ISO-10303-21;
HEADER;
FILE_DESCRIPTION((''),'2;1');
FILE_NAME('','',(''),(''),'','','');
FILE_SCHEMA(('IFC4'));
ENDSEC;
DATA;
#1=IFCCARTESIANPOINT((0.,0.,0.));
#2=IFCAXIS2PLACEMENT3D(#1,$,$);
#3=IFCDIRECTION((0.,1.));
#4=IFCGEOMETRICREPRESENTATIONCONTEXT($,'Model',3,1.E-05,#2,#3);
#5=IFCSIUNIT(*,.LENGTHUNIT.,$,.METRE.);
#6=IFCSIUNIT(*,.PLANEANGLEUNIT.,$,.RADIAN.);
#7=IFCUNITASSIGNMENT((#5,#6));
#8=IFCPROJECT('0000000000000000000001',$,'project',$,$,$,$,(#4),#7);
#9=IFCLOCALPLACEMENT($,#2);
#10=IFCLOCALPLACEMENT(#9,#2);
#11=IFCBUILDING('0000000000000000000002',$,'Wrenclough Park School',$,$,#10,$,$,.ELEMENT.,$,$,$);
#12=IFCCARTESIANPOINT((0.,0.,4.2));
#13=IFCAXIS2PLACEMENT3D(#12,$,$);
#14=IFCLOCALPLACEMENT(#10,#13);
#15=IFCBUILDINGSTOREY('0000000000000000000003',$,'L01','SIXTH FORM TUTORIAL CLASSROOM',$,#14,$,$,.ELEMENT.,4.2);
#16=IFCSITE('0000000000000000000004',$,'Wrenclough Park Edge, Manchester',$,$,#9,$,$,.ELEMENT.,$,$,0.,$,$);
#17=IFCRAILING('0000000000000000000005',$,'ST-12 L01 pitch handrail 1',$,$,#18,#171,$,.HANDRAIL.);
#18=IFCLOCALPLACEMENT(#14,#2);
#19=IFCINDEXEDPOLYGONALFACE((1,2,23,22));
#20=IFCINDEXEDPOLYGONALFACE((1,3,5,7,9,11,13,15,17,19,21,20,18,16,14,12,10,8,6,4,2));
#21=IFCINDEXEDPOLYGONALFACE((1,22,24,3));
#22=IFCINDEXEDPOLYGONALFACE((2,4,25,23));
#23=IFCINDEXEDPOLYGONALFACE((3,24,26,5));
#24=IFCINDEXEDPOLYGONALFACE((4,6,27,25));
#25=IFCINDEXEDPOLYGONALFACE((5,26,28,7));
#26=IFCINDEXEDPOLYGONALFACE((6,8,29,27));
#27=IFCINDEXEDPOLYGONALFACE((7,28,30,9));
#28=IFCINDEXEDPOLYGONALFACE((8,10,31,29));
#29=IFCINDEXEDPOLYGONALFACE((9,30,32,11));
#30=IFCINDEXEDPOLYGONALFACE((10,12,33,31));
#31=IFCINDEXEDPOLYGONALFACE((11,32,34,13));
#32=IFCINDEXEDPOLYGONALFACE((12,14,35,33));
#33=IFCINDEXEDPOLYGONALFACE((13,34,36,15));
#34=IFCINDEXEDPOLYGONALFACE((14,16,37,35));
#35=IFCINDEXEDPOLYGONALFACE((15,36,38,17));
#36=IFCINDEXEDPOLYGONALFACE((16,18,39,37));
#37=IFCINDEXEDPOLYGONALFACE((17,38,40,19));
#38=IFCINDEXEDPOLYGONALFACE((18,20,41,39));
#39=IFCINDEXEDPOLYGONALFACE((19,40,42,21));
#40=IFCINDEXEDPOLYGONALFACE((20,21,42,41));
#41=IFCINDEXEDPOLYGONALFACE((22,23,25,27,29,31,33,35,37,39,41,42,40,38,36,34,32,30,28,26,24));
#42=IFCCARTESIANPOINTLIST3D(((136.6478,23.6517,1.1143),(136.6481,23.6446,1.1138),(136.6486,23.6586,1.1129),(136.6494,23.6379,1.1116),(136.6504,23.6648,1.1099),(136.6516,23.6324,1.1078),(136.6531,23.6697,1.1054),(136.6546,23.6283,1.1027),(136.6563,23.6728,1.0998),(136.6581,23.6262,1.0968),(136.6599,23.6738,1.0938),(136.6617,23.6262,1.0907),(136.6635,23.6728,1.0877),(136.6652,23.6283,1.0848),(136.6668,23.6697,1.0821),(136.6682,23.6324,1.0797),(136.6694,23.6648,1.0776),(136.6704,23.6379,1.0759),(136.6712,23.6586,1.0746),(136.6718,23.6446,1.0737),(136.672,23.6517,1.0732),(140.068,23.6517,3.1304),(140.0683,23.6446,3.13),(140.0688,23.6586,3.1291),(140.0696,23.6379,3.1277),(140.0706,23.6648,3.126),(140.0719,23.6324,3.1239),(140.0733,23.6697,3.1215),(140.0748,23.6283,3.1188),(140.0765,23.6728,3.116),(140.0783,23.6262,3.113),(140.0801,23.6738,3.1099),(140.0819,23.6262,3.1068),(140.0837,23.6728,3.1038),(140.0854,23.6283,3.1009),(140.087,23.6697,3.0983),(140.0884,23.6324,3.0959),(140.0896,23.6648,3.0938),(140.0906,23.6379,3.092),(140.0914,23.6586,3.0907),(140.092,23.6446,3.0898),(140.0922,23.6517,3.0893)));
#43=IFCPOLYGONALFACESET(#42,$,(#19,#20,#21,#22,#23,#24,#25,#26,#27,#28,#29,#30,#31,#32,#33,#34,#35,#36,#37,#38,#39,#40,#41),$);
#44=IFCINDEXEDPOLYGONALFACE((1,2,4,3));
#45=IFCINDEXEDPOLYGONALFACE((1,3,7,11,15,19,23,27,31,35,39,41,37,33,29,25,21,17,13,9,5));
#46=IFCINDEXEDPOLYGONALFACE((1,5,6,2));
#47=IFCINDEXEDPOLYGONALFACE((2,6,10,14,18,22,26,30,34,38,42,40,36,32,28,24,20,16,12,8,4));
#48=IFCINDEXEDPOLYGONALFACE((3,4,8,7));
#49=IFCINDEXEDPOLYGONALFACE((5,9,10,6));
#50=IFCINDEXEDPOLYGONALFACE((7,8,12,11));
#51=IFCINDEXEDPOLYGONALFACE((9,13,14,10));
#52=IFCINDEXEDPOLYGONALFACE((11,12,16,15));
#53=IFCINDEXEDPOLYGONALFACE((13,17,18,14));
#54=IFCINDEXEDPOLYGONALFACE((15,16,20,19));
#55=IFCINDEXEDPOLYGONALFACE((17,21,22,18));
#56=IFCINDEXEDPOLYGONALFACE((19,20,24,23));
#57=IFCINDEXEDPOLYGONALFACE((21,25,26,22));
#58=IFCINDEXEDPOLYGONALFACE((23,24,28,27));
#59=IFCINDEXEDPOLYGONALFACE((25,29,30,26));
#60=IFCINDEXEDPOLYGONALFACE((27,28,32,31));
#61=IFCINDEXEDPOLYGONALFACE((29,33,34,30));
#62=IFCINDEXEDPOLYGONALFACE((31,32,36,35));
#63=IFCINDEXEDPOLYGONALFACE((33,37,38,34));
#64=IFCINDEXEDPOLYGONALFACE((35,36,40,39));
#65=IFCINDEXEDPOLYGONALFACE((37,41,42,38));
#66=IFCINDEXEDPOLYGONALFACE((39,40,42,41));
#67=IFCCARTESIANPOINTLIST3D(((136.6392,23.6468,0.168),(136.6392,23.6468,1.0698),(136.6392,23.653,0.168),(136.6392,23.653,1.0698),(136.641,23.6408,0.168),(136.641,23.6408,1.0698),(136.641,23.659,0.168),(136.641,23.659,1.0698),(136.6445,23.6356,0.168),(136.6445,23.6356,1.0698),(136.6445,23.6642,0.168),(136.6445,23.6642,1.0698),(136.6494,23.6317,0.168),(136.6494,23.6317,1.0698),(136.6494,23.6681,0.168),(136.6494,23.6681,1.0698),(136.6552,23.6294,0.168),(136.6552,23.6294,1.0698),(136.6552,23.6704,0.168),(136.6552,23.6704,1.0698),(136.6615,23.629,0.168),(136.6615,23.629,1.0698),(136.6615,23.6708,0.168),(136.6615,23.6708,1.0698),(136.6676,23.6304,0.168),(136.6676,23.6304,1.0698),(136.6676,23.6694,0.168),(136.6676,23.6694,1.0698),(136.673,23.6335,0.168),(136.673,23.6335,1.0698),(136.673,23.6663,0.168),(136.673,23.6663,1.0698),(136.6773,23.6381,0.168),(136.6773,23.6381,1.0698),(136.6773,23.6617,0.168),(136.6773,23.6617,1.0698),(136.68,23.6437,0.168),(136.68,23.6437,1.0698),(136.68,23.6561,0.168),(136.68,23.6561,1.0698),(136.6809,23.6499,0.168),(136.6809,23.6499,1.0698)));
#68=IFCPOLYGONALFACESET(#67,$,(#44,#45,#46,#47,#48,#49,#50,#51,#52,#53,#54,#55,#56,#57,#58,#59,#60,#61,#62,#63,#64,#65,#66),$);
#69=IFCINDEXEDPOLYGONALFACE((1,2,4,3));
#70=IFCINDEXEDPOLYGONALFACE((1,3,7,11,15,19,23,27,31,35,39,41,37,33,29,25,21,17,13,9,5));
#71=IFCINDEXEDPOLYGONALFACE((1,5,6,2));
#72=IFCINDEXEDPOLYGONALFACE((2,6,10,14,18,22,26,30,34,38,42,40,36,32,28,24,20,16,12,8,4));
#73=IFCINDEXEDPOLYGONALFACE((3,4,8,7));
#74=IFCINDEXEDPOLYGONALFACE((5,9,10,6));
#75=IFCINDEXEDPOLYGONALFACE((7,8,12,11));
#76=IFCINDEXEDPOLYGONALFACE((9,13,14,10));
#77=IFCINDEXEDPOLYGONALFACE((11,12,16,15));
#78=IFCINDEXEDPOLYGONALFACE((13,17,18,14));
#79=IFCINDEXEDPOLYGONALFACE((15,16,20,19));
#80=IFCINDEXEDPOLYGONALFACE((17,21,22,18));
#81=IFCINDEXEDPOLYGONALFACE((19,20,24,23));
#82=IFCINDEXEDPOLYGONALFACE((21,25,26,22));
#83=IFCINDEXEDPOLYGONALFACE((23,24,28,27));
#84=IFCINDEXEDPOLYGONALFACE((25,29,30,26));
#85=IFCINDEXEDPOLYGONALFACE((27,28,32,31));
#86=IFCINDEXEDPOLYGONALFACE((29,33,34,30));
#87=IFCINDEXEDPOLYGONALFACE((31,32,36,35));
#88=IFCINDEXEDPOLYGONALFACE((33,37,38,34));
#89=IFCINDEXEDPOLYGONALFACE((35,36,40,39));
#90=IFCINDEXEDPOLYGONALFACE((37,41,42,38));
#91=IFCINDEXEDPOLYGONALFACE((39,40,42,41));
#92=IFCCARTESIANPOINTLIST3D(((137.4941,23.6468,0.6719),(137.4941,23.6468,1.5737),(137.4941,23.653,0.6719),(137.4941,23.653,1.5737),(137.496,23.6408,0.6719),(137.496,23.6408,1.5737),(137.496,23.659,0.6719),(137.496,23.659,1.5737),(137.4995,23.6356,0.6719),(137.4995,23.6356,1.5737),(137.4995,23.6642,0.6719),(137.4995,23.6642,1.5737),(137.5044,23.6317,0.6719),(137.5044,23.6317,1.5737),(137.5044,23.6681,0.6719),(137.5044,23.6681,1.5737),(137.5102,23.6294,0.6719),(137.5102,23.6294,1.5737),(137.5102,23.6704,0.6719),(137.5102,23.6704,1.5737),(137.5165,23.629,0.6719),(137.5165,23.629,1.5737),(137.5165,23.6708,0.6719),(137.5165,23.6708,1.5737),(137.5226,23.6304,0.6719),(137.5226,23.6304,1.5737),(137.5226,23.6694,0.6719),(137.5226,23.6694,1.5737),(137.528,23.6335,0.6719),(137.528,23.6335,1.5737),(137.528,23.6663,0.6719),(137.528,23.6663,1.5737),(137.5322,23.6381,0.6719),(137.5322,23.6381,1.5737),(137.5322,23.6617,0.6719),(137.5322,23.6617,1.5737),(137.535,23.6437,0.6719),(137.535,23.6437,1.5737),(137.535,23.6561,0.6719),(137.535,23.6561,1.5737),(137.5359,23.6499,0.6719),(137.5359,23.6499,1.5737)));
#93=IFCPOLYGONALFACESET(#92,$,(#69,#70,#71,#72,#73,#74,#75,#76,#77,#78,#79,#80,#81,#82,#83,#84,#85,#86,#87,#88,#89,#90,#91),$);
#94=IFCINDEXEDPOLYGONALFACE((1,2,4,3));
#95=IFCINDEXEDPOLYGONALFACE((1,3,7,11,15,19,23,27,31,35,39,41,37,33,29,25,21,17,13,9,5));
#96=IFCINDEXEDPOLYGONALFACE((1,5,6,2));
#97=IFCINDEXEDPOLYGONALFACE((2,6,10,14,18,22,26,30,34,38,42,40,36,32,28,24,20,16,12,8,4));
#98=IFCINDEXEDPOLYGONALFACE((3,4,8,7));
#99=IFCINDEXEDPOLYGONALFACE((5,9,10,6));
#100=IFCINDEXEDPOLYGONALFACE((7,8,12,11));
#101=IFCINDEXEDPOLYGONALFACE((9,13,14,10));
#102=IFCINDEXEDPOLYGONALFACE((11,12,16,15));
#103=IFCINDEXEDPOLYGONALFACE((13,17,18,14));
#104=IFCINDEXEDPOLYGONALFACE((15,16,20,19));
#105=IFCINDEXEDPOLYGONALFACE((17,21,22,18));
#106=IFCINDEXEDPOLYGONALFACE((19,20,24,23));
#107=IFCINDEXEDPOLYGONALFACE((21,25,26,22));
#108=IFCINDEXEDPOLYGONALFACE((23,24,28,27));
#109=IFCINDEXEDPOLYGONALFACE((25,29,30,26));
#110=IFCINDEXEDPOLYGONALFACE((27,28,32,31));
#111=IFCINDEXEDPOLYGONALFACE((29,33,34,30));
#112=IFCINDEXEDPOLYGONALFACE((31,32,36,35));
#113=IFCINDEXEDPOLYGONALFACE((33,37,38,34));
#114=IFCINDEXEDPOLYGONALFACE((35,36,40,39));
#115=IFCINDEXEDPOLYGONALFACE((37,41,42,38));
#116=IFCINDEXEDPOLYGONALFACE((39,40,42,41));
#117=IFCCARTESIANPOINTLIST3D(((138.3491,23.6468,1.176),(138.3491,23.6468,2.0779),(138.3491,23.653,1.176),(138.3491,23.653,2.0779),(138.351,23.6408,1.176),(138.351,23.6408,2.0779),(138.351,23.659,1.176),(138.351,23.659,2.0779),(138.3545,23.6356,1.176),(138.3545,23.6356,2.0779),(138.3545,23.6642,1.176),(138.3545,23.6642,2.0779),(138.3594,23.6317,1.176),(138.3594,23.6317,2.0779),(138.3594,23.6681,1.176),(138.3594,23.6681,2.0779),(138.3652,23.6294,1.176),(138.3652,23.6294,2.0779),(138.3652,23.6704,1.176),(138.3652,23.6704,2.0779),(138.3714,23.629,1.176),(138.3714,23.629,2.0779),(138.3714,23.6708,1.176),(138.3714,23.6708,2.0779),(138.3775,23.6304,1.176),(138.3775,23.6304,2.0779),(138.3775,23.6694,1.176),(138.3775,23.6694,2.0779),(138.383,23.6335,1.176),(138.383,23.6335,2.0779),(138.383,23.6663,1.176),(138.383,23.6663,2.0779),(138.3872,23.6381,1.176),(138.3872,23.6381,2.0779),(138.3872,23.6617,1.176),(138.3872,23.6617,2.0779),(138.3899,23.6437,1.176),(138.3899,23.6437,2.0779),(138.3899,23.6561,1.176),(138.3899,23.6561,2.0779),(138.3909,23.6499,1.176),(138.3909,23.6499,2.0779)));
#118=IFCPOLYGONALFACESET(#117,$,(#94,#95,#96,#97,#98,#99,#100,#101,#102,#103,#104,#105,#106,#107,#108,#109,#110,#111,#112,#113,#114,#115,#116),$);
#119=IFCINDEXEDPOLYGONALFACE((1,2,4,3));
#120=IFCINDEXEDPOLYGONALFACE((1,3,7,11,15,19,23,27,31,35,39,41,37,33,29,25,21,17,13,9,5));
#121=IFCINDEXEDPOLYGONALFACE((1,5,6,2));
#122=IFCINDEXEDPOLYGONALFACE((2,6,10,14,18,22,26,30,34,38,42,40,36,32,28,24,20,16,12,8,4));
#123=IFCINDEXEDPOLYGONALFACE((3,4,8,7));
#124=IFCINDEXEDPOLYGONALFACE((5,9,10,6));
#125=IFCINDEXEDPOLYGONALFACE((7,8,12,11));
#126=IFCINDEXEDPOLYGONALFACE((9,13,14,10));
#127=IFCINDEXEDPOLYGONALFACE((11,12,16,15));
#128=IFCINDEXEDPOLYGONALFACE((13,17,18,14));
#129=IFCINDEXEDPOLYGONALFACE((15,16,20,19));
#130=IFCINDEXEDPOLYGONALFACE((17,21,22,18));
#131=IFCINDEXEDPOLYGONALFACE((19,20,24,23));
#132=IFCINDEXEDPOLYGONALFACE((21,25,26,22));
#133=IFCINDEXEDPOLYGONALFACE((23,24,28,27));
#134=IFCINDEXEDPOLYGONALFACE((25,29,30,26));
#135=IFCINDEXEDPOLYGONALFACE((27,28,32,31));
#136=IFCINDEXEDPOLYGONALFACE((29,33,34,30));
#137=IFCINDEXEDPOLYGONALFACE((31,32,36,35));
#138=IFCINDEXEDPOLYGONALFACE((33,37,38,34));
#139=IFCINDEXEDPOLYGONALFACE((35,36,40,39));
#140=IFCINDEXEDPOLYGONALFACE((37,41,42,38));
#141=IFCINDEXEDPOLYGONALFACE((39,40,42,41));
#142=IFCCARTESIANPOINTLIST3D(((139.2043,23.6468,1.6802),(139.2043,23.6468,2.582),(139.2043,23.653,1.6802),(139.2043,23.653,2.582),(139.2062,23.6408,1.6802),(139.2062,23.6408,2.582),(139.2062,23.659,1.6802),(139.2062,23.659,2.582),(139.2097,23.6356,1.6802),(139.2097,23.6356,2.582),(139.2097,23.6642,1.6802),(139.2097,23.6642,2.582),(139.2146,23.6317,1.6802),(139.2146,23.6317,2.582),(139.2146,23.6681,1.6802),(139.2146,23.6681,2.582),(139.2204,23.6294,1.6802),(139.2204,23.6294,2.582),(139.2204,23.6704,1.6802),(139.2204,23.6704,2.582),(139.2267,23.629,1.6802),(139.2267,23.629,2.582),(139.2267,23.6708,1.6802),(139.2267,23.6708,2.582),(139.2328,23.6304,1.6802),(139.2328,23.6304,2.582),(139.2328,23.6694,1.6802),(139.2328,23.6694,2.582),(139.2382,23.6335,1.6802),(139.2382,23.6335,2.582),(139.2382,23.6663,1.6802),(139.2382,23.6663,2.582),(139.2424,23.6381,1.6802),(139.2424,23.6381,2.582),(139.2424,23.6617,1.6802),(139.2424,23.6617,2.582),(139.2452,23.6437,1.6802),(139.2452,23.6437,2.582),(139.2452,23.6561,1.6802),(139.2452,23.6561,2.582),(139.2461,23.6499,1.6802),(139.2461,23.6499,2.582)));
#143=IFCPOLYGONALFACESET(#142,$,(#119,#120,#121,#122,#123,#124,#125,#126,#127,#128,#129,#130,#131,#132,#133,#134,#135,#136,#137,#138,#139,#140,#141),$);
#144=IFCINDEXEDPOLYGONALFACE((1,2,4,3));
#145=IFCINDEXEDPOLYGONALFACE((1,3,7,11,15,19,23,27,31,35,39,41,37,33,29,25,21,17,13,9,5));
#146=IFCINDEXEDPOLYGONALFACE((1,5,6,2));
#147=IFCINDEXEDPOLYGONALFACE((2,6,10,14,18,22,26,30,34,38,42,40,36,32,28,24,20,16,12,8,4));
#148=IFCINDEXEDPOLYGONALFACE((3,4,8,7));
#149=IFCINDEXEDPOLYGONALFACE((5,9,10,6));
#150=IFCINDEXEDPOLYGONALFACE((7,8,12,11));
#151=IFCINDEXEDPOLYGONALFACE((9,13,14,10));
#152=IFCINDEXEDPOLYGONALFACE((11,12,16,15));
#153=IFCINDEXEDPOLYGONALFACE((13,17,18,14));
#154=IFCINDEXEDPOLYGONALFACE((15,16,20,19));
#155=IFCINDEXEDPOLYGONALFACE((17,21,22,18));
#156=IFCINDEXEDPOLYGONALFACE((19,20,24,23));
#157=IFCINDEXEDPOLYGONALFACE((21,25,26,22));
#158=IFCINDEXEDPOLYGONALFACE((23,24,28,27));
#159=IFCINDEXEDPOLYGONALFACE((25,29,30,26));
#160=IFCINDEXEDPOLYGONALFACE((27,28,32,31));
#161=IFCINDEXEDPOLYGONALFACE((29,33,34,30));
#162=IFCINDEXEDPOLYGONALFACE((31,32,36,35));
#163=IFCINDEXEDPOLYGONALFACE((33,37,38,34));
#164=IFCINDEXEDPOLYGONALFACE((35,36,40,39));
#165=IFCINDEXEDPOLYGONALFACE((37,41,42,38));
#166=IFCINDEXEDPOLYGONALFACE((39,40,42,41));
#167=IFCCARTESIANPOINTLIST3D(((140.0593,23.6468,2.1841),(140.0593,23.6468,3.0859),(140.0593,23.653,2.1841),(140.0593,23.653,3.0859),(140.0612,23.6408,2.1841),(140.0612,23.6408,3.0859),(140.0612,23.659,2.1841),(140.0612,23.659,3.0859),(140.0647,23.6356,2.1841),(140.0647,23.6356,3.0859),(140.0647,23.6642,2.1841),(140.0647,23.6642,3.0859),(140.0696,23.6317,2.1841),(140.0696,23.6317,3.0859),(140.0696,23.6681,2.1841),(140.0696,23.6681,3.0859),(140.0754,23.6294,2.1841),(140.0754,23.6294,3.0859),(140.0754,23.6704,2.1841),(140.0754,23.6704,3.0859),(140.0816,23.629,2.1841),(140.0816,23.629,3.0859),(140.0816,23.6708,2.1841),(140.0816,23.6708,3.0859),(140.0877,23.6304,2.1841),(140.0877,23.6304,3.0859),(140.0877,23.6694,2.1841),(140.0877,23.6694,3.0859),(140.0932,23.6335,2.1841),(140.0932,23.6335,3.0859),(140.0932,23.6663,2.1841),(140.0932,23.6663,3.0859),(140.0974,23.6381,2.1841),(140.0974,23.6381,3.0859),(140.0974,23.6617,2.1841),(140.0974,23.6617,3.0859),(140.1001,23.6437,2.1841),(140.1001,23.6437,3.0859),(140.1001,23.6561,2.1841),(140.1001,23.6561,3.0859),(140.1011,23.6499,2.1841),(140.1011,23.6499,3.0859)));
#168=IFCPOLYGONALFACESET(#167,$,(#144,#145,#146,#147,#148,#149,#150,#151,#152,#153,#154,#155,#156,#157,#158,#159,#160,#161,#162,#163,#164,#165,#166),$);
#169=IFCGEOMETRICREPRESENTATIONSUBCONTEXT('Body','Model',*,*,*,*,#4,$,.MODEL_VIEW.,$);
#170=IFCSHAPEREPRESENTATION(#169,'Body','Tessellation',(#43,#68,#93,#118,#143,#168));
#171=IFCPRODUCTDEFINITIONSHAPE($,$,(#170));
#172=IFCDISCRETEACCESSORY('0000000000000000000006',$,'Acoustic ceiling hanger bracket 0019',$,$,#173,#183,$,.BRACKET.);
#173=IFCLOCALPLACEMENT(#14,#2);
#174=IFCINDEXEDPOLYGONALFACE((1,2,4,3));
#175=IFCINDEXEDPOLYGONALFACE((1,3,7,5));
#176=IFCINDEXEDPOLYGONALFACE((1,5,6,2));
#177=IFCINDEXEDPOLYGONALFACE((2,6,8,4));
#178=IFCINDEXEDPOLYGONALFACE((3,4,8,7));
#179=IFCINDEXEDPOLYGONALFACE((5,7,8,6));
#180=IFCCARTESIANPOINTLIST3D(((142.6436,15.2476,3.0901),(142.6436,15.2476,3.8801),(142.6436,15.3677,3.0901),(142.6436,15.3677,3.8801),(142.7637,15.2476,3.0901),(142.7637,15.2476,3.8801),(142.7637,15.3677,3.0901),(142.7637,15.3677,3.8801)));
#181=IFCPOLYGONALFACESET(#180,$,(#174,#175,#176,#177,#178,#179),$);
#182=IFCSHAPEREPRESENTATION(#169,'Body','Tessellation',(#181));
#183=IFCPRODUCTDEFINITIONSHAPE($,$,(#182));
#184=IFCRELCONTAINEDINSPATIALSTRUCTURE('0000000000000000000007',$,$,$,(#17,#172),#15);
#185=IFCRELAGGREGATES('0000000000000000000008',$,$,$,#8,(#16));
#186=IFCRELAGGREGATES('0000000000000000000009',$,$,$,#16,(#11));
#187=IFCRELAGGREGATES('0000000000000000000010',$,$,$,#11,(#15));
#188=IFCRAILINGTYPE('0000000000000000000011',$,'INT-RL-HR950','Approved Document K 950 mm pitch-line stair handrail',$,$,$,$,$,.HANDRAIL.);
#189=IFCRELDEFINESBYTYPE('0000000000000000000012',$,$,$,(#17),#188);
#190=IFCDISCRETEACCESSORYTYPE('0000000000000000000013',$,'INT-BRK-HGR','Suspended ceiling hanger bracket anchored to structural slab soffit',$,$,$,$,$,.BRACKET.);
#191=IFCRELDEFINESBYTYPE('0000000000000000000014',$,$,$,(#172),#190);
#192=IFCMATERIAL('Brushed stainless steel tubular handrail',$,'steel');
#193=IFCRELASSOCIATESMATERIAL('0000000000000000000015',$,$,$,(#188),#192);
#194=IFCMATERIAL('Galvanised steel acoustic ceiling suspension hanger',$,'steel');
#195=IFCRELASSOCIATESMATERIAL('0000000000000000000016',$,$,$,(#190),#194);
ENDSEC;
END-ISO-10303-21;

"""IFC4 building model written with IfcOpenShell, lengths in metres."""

from ifc_helpers import new_model, si_unit, direction, frame, origin, origin_2d, place, context, subcontext, project, spatial, rectangle, circle, extrude, material, type_object, element, save


model = new_model("IFC4")

# Units and contexts
model_context = context("Model", 3, precision=1e-05, world=origin(), true_north=direction((0.0, 1.0)))
body_context = subcontext(model_context, "Body", "Model", "MODEL_VIEW")
ifc_project = project(units=[si_unit("LENGTHUNIT", "METRE"), si_unit("PLANEANGLEUNIT", "RADIAN")], contexts=[model_context])

# Site, building, storey
site_placement = place(None, origin())
site = spatial("IfcSite", under=ifc_project, at=site_placement, Name="Wrenclough Park Edge, Manchester", CompositionType="ELEMENT", RefElevation=0.0)
building_placement = place(site_placement, origin())
building = spatial("IfcBuilding", under=site, at=building_placement, Name="Wrenclough Park School", CompositionType="ELEMENT")
storey_placement = place(building_placement, frame((0.0, 0.0, 4.2)))
storey = spatial("IfcBuildingStorey", under=building, at=storey_placement, Name="L01", Description="SIXTH FORM TUTORIAL CLASSROOM", CompositionType="ELEMENT", Elevation=4.2)

# Railing
ifc_material_1 = material(Name="Brushed stainless steel tubular handrail", Category="steel")
railing_type = type_object("IfcRailingType", Name="INT-RL-HR950", Description="Approved Document K 950 mm pitch-line stair handrail", PredefinedType="HANDRAIL", material=ifc_material_1)
railing_placement = place(storey_placement, frame((136.6599, 23.6499, 0.168)))
element("IfcRailing", 1, at=railing_placement, inside=storey, type_object=railing_type, Name="ST-12 L01 pitch handrail 1", PredefinedType="HANDRAIL", context=body_context, shape_type="SweptSolid", body=[
    extrude(circle(Radius=0.0239, at=origin_2d()), frame((0.0, 0.0, 0.9258), z_axis=(0.861466, 0.0, 0.507815), x_axis=(0.0, 1.0, 0.0)), (0.0, 0.0, 1.0), 3.9702),
    extrude(circle(Radius=0.021, at=origin_2d()), origin(), (0.0, 0.0, 1.0), 0.9019),
    extrude(circle(Radius=0.021, at=origin_2d()), frame((0.855, 0.0, 0.5039)), (0.0, 0.0, 1.0), 0.9019),
    extrude(circle(Radius=0.021, at=origin_2d()), frame((1.71, 0.0, 1.0081)), (0.0, 0.0, 1.0), 0.9019),
    extrude(circle(Radius=0.021, at=origin_2d()), frame((2.5652, 0.0, 1.5122)), (0.0, 0.0, 1.0), 0.9019),
    extrude(circle(Radius=0.021, at=origin_2d()), frame((3.4202, 0.0, 2.0161)), (0.0, 0.0, 1.0), 0.9019),
])

# Discrete accessory
ifc_material_2 = material(Name="Galvanised steel acoustic ceiling suspension hanger", Category="steel")
discrete_accessory_type = type_object("IfcDiscreteAccessoryType", Name="INT-BRK-HGR", Description="Suspended ceiling hanger bracket anchored to structural slab soffit", PredefinedType="BRACKET", material=ifc_material_2)
discrete_accessory_placement = place(storey_placement, frame((142.7036, 15.3076, 3.0901), z_axis=(0.0, 0.0, 1.0), x_axis=(1.0, 0.0, 0.0)))
element("IfcDiscreteAccessory", 2, at=discrete_accessory_placement, inside=storey, type_object=discrete_accessory_type, Name="Acoustic ceiling hanger bracket 0019", PredefinedType="BRACKET", context=body_context, shape_type="SweptSolid", body=[
    extrude(rectangle(XDim=0.1201, YDim=0.1201, at=origin_2d()), origin(), (0.0, 0.0, 1.0), 0.79),
])

save(model, "model.ifc")
